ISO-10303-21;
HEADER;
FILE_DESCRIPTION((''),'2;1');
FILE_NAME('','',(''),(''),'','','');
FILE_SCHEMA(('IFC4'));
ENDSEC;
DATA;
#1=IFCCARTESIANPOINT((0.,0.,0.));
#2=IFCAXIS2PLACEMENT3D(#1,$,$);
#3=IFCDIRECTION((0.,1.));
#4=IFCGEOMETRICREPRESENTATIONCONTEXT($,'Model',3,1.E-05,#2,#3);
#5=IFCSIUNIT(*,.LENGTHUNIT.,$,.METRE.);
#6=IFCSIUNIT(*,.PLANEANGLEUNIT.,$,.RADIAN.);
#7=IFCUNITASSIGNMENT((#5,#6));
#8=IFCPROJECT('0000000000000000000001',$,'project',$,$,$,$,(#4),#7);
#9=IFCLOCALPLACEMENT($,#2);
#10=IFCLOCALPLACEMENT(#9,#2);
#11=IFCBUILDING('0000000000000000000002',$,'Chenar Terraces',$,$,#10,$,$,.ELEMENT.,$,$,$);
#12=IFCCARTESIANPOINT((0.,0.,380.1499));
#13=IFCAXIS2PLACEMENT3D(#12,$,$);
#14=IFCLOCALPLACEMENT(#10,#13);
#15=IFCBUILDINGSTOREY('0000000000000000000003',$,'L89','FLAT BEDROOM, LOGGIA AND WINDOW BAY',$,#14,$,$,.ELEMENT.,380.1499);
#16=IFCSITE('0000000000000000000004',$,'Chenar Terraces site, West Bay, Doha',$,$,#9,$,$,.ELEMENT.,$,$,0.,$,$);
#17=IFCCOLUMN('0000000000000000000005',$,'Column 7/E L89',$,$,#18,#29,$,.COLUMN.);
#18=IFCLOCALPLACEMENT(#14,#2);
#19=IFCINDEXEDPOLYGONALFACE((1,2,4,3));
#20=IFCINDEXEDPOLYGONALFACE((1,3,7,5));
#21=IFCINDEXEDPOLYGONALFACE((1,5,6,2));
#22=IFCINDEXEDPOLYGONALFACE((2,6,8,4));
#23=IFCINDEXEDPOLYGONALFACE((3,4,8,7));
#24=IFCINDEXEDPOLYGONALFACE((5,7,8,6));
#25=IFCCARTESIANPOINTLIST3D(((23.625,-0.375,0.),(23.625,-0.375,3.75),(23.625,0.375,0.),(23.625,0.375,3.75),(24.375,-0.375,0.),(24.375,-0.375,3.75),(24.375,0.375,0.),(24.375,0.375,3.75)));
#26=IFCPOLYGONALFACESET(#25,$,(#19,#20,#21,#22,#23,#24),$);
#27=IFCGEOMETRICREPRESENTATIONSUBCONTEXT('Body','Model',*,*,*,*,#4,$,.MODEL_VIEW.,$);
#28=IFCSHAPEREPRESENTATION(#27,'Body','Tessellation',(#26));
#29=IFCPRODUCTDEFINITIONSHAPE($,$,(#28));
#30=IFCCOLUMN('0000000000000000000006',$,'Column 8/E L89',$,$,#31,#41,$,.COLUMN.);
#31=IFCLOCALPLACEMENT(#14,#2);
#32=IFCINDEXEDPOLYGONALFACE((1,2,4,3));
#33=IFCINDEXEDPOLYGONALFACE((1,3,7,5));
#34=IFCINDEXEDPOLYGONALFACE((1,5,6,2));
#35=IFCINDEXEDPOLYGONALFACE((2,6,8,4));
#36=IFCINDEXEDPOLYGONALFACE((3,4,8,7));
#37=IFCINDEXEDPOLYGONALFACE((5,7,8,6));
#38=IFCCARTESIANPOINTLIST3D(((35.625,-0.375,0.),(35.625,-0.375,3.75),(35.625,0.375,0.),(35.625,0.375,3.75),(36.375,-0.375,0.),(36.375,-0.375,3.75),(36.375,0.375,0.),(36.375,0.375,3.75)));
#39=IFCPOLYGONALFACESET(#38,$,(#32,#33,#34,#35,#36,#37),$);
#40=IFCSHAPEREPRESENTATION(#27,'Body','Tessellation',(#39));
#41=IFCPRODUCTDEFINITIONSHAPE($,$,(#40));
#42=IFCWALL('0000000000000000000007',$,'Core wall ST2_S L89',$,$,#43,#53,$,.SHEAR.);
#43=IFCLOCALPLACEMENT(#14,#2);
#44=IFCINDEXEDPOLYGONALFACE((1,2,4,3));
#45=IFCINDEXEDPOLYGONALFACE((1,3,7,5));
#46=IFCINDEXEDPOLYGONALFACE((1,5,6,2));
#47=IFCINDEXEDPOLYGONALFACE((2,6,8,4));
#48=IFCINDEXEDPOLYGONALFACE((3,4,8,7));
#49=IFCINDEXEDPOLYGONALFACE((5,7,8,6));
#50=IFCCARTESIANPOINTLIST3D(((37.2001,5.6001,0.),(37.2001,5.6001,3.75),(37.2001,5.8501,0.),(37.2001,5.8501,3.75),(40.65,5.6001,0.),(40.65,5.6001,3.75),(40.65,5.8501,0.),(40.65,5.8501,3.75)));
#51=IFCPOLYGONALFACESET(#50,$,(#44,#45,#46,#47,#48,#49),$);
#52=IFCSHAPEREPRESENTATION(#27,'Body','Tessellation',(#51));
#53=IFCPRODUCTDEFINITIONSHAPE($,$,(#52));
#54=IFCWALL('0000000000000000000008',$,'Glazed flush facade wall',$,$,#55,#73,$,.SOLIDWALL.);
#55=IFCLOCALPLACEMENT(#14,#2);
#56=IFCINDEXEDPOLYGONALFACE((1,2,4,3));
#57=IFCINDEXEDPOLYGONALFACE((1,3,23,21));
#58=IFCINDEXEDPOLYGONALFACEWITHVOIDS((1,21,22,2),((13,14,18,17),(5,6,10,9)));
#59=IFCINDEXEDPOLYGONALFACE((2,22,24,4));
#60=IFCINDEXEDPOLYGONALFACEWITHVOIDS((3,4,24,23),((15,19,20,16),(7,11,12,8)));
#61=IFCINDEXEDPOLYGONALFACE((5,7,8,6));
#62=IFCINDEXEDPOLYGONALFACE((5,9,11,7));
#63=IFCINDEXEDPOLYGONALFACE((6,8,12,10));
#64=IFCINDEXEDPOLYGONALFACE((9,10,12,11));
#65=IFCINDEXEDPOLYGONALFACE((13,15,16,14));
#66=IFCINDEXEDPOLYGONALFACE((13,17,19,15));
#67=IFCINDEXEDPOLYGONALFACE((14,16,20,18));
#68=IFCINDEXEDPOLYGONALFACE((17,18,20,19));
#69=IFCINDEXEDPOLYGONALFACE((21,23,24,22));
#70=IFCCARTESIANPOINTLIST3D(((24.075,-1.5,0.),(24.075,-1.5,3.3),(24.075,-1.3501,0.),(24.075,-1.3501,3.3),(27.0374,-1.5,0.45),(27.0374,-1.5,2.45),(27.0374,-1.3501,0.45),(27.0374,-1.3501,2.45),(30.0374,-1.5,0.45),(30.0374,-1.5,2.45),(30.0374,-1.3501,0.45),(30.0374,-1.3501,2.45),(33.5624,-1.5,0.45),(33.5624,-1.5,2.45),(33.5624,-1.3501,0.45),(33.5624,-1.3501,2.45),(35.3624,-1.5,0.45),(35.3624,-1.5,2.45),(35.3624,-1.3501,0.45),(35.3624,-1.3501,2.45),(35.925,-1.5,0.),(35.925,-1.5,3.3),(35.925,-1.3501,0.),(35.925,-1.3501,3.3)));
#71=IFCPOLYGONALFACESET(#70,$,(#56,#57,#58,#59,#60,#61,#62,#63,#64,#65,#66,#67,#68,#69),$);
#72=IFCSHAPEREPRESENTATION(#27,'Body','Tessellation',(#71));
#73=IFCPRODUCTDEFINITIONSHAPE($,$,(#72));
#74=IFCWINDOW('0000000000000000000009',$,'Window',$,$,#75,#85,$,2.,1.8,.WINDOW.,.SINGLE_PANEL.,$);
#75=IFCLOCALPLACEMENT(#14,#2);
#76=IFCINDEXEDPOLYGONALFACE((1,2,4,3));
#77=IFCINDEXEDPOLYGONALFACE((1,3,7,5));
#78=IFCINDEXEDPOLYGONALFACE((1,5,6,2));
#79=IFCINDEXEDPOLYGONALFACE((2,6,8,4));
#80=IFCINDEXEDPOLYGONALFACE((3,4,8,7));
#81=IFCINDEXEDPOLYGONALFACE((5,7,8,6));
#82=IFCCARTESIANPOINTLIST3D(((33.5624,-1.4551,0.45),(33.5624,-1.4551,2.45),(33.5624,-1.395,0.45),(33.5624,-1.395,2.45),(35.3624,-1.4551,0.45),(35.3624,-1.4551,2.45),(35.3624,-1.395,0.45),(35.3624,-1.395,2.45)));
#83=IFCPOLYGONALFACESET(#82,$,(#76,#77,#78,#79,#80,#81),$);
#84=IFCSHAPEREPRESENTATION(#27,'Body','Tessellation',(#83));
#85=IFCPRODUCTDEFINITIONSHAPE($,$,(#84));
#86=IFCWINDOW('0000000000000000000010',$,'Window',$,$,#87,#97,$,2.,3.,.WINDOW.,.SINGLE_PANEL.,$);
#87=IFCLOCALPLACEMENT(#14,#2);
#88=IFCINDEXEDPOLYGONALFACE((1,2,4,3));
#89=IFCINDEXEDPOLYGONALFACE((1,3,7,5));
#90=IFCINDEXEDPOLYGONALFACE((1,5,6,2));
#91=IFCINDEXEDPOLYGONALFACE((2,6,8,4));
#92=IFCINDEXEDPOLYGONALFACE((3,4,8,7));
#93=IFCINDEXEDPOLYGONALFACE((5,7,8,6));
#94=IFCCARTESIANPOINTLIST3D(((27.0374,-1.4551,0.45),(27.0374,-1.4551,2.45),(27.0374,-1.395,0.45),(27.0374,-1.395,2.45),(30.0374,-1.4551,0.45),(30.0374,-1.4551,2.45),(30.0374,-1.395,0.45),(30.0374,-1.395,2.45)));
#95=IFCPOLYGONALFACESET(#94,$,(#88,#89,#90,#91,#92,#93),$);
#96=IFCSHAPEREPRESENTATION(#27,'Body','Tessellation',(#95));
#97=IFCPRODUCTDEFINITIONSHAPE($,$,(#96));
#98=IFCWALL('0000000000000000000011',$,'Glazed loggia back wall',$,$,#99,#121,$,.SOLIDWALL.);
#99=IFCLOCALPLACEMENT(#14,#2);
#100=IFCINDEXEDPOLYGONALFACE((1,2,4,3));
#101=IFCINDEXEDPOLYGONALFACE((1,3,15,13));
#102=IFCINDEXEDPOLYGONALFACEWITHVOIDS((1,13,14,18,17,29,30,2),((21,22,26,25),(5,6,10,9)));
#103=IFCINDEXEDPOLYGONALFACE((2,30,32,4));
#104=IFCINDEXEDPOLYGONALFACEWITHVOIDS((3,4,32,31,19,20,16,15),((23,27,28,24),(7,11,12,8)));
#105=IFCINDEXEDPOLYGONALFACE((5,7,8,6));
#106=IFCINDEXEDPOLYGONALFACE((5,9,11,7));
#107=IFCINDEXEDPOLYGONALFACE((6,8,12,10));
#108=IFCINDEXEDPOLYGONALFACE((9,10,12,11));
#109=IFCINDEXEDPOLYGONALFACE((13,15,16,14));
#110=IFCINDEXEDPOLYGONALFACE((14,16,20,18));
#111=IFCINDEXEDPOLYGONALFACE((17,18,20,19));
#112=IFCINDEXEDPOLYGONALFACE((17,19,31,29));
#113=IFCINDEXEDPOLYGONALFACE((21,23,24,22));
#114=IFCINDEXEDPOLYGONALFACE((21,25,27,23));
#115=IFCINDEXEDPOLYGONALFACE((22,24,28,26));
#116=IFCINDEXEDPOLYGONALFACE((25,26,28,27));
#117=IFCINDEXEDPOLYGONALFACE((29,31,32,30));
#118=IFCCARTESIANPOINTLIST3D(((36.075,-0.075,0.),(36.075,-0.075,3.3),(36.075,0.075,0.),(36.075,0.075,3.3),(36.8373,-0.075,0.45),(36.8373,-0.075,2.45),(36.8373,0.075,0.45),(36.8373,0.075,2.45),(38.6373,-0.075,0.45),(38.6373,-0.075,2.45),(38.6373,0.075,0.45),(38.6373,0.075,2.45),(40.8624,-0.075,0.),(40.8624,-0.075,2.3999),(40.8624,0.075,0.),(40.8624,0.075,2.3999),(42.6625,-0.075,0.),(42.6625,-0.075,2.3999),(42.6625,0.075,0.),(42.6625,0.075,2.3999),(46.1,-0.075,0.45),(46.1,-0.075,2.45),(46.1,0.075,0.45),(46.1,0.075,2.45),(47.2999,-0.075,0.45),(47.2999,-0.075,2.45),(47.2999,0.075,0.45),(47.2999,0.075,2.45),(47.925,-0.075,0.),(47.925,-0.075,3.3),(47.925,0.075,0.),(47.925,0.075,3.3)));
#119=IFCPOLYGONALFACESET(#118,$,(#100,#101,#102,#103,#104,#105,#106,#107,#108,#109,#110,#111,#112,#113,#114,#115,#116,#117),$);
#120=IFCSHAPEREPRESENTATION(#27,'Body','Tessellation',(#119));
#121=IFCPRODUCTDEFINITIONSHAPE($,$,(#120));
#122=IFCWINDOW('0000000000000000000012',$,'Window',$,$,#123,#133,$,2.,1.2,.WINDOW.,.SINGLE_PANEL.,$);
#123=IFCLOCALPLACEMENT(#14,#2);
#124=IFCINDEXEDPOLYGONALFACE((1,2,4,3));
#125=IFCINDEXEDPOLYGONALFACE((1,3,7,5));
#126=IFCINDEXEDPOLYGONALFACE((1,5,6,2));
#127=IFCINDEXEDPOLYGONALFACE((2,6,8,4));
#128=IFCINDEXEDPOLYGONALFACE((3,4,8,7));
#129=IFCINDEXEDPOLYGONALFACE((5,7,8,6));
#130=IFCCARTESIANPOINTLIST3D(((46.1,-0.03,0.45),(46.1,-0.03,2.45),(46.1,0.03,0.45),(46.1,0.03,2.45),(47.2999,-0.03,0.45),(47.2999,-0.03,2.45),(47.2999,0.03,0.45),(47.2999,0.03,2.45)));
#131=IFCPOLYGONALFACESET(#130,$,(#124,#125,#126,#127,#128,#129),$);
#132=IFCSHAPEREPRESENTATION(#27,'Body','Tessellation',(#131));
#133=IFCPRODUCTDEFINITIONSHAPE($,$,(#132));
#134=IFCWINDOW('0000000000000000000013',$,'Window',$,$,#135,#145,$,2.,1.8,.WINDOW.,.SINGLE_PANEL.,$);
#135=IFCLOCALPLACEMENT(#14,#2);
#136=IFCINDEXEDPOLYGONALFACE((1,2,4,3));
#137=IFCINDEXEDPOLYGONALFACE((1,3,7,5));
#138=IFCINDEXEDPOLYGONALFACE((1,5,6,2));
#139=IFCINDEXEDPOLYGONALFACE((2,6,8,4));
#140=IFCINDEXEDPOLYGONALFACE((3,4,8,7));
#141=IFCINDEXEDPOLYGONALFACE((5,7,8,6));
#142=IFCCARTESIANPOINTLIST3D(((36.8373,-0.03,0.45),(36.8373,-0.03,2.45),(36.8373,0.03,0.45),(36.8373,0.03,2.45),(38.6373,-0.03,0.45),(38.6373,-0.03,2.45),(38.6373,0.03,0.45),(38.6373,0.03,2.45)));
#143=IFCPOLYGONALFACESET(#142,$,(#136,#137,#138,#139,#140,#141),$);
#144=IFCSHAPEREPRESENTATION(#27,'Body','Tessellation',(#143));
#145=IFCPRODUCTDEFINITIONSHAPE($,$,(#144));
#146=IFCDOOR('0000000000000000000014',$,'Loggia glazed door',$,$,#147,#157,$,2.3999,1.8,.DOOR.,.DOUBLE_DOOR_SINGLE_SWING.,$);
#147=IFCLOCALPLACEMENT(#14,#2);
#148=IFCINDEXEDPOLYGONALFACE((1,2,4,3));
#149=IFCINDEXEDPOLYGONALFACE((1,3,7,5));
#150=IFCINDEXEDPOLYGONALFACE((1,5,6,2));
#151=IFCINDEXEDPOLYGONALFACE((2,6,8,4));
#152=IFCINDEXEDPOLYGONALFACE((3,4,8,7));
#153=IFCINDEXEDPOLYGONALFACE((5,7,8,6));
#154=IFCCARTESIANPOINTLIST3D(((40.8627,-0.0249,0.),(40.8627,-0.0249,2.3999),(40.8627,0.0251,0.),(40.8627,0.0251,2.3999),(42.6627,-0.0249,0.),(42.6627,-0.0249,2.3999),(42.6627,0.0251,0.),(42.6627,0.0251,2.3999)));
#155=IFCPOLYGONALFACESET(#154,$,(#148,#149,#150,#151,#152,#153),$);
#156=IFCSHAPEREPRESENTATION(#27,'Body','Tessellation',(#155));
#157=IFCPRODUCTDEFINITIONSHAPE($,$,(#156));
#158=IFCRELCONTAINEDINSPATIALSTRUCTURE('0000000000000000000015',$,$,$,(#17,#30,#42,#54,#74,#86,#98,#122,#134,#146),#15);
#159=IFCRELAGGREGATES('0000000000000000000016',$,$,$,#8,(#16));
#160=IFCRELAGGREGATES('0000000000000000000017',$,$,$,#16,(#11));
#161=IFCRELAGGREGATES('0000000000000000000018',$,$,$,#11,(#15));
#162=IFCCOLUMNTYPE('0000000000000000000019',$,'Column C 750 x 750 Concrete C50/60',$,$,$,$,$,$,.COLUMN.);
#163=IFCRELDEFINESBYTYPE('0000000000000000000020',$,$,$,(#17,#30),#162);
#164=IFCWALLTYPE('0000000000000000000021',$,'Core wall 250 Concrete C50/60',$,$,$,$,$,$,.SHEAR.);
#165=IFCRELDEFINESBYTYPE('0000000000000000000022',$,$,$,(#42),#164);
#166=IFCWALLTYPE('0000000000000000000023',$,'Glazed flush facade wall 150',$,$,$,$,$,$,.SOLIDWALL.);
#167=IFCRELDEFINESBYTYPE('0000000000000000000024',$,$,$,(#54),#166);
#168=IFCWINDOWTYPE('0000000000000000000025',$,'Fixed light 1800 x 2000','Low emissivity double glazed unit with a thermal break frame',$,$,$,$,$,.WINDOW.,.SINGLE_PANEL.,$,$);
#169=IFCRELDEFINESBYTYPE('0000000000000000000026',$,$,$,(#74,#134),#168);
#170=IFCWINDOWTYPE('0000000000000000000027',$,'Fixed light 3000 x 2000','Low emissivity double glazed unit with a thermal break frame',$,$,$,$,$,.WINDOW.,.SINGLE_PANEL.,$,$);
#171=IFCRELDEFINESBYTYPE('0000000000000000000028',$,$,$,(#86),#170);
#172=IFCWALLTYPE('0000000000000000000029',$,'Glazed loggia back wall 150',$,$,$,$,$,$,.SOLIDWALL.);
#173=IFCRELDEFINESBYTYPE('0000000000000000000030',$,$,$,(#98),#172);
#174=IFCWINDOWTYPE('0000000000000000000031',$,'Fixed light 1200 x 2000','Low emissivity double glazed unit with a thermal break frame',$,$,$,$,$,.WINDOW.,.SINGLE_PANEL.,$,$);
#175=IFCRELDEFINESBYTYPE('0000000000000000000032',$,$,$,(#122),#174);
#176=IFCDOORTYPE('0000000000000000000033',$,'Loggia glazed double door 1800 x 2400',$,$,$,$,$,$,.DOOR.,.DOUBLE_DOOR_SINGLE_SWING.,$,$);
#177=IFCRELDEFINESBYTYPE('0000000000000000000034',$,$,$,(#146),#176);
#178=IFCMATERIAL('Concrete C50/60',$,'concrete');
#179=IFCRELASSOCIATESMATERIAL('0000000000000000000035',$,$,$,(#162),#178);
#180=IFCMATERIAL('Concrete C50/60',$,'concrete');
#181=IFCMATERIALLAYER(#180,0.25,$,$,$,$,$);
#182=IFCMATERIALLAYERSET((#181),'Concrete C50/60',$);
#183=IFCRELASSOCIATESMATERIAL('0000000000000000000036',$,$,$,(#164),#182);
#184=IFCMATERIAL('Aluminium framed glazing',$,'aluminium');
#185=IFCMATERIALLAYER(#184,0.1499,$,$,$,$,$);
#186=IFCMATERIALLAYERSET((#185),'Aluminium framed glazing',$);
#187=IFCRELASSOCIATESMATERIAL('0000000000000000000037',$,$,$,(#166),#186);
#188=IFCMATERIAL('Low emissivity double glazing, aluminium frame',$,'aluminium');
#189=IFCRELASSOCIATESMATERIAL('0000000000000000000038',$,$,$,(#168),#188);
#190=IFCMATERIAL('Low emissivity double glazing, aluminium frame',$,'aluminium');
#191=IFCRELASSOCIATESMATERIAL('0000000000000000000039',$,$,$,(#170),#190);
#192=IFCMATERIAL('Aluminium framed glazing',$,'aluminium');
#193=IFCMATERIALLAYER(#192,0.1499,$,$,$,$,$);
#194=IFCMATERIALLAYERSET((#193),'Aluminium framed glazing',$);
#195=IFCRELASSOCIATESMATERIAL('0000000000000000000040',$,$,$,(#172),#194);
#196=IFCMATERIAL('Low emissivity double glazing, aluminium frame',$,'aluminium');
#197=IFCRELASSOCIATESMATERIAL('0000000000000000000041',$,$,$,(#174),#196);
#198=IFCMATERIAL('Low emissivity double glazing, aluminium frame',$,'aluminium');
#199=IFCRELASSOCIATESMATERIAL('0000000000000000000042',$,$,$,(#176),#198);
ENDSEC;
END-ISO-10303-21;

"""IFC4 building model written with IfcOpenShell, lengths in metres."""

from ifc_helpers import new_model, si_unit, direction, frame, frame_2d, origin, origin_2d, place, context, subcontext, project, spatial, rectangle, extrude, material, layer, layer_set, material_profile, profile_set, type_object, element, fill, save


model = new_model("IFC4")

# Units and contexts
model_context = context("Model", 3, precision=1e-05, world=origin(), true_north=direction((0.0, 1.0)))
body_context = subcontext(model_context, "Body", "Model", "MODEL_VIEW")
ifc_project = project(units=[si_unit("LENGTHUNIT", "METRE"), si_unit("PLANEANGLEUNIT", "RADIAN")], contexts=[model_context])

# Site, building, storey
site_placement = place(None, origin())
site = spatial("IfcSite", under=ifc_project, at=site_placement, Name="Chenar Terraces site, West Bay, Doha", CompositionType="ELEMENT", RefElevation=0.0)
building_placement = place(site_placement, origin())
building = spatial("IfcBuilding", under=site, at=building_placement, Name="Chenar Terraces", CompositionType="ELEMENT")
storey_placement = place(building_placement, frame((0.0, 0.0, 380.1499)))
storey = spatial("IfcBuildingStorey", under=building, at=storey_placement, Name="L89", Description="FLAT BEDROOM, LOGGIA AND WINDOW BAY", CompositionType="ELEMENT", Elevation=380.1499)

# Columns
ifc_material_1 = material(Name="Concrete C50/60", Category="concrete")
ifc_material_profile = material_profile(ifc_material_1, rectangle(XDim=0.75, YDim=0.75, at=origin_2d()), Name="C 750 x 750")
ifc_profile_set = profile_set([ifc_material_profile], Name="Concrete C50/60")
column_type = type_object("IfcColumnType", Name="Column C 750 x 750 Concrete C50/60", PredefinedType="COLUMN", material=ifc_profile_set)
for number, where, z_axis, x_axis, name in (
    (1, (24.0, 0.0, 0.0), (0.0, 0.0, 1.0), (1.0, 0.0, 0.0), "Column 7/E L89"),
    (2, (36.0, 0.0, 0.0), (0.0, 0.0, 1.0), (1.0, 0.0, 0.0), "Column 8/E L89"),
):
    element("IfcColumn", number, at=place(storey_placement, frame(where, z_axis=z_axis, x_axis=x_axis)), inside=storey, type_object=column_type, Name=name, PredefinedType="COLUMN", context=body_context, shape_type="SweptSolid", body=[
        extrude(rectangle(XDim=0.75, YDim=0.75, at=origin_2d()), origin(), (0.0, 0.0, 1.0), 3.75),
    ])

# Wall
ifc_material_2 = material(Name="Concrete C50/60", Category="concrete")
ifc_layer_1 = layer(ifc_material_2, 0.25)
ifc_layer_set_1 = layer_set([ifc_layer_1], Name="Concrete C50/60")
wall_type_1 = type_object("IfcWallType", Name="Core wall 250 Concrete C50/60", PredefinedType="SHEAR", material=ifc_layer_set_1)
wall_1_placement = place(storey_placement, frame((37.2, 5.7251, 0.0), z_axis=(0.0, 0.0, 1.0), x_axis=(1.0, 0.0, 0.0)))
element("IfcWall", 3, at=wall_1_placement, inside=storey, type_object=wall_type_1, Name="Core wall ST2_S L89", PredefinedType="SHEAR", context=body_context, shape_type="SweptSolid", body=[
    extrude(rectangle(XDim=3.45, YDim=0.25, at=frame_2d((1.7251, 0.0))), origin(), (0.0, 0.0, 1.0), 3.75),
])

# Wall, openings, windows
ifc_material_3 = material(Name="Aluminium framed glazing", Category="aluminium")
ifc_layer_2 = layer(ifc_material_3, 0.1499)
ifc_layer_set_2 = layer_set([ifc_layer_2], Name="Aluminium framed glazing")
wall_type_2 = type_object("IfcWallType", Name="Glazed flush facade wall 150", PredefinedType="SOLIDWALL", material=ifc_layer_set_2)
wall_2_placement = place(storey_placement, frame((24.075, -1.425, 0.0), z_axis=(0.0, 0.0, 1.0), x_axis=(1.0, 0.0, 0.0)))
wall_2 = element("IfcWall", 4, at=wall_2_placement, inside=storey, type_object=wall_type_2, Name="Glazed flush facade wall", PredefinedType="SOLIDWALL", context=body_context, shape_type="SweptSolid", body=[
    extrude(rectangle(XDim=11.8501, YDim=0.1499, at=frame_2d((5.925, 0.0))), origin(), (0.0, 0.0, 1.0), 3.3),
])
opening_1_placement = place(wall_2_placement, frame((2.9624, 0.0, 0.45)))
opening_1 = element("IfcOpeningElement", 5, at=opening_1_placement, cuts=wall_2, PredefinedType="OPENING", context=body_context, shape_type="SweptSolid", body=[
    extrude(rectangle(XDim=3.0, YDim=2.0, at=frame_2d((1.5, 1.0))), frame((0.0, 0.085, 0.0), z_axis=(0.0, -1.0, 0.0), x_axis=(1.0, 0.0, 0.0)), (0.0, 0.0, 1.0), 0.1699),
])
opening_2_placement = place(wall_2_placement, frame((9.4875, 0.0, 0.45)))
opening_2 = element("IfcOpeningElement", 6, at=opening_2_placement, cuts=wall_2, PredefinedType="OPENING", context=body_context, shape_type="SweptSolid", body=[
    extrude(rectangle(XDim=1.8, YDim=2.0, at=frame_2d((0.8999, 1.0))), frame((0.0, 0.085, 0.0), z_axis=(0.0, -1.0, 0.0), x_axis=(1.0, 0.0, 0.0)), (0.0, 0.0, 1.0), 0.1699),
])
ifc_material_4 = material(Name="Low emissivity double glazing, aluminium frame", Category="aluminium")
window_type_1 = type_object("IfcWindowType", Name="Fixed light 1800 x 2000", Description="Low emissivity double glazed unit with a thermal break frame", PartitioningType="SINGLE_PANEL", PredefinedType="WINDOW", material=ifc_material_4)
window_1_placement = place(opening_2_placement, origin())
window_1 = element("IfcWindow", 7, at=window_1_placement, inside=storey, type_object=window_type_1, Name="Window", OverallHeight=2.0, OverallWidth=1.8, PartitioningType="SINGLE_PANEL", PredefinedType="WINDOW", context=body_context, shape_type="SweptSolid", body=[
    extrude(rectangle(XDim=1.8, YDim=2.0, at=frame_2d((0.8999, 1.0))), frame((0.0, 0.03, 0.0), z_axis=(0.0, -1.0, 0.0), x_axis=(1.0, 0.0, 0.0)), (0.0, 0.0, 1.0), 0.0601),
])
fill(opening_2, window_1)
ifc_material_5 = material(Name="Low emissivity double glazing, aluminium frame", Category="aluminium")
window_type_2 = type_object("IfcWindowType", Name="Fixed light 3000 x 2000", Description="Low emissivity double glazed unit with a thermal break frame", PartitioningType="SINGLE_PANEL", PredefinedType="WINDOW", material=ifc_material_5)
window_2_placement = place(opening_1_placement, origin())
window_2 = element("IfcWindow", 8, at=window_2_placement, inside=storey, type_object=window_type_2, Name="Window", OverallHeight=2.0, OverallWidth=3.0, PartitioningType="SINGLE_PANEL", PredefinedType="WINDOW", context=body_context, shape_type="SweptSolid", body=[
    extrude(rectangle(XDim=3.0, YDim=2.0, at=frame_2d((1.5, 1.0))), frame((0.0, 0.03, 0.0), z_axis=(0.0, -1.0, 0.0), x_axis=(1.0, 0.0, 0.0)), (0.0, 0.0, 1.0), 0.0601),
])
fill(opening_1, window_2)

# Wall, openings, windows, door
ifc_material_6 = material(Name="Aluminium framed glazing", Category="aluminium")
ifc_layer_3 = layer(ifc_material_6, 0.1499)
ifc_layer_set_3 = layer_set([ifc_layer_3], Name="Aluminium framed glazing")
wall_type_3 = type_object("IfcWallType", Name="Glazed loggia back wall 150", PredefinedType="SOLIDWALL", material=ifc_layer_set_3)
wall_3_placement = place(storey_placement, frame((36.075, 0.0, 0.0), z_axis=(0.0, 0.0, 1.0), x_axis=(1.0, 0.0, 0.0)))
wall_3 = element("IfcWall", 9, at=wall_3_placement, inside=storey, type_object=wall_type_3, Name="Glazed loggia back wall", PredefinedType="SOLIDWALL", context=body_context, shape_type="SweptSolid", body=[
    extrude(rectangle(XDim=11.8501, YDim=0.1499, at=frame_2d((5.925, 0.0))), origin(), (0.0, 0.0, 1.0), 3.3),
])
opening_3_placement = place(wall_3_placement, frame((0.7625, 0.0, 0.45)))
opening_3 = element("IfcOpeningElement", 10, at=opening_3_placement, cuts=wall_3, PredefinedType="OPENING", context=body_context, shape_type="SweptSolid", body=[
    extrude(rectangle(XDim=1.8, YDim=2.0, at=frame_2d((0.8999, 1.0))), frame((0.0, 0.085, 0.0), z_axis=(0.0, -1.0, 0.0), x_axis=(1.0, 0.0, 0.0)), (0.0, 0.0, 1.0), 0.1699),
])
opening_4_placement = place(wall_3_placement, frame((4.7876, 0.0, 0.0)))
opening_4 = element("IfcOpeningElement", 11, at=opening_4_placement, cuts=wall_3, PredefinedType="OPENING", context=body_context, shape_type="SweptSolid", body=[
    extrude(rectangle(XDim=1.8, YDim=2.3999, at=frame_2d((0.8999, 1.2))), frame((0.0, 0.085, 0.0), z_axis=(0.0, -1.0, 0.0), x_axis=(1.0, 0.0, 0.0)), (0.0, 0.0, 1.0), 0.1699),
])
opening_5_placement = place(wall_3_placement, frame((10.0249, 0.0, 0.45)))
opening_5 = element("IfcOpeningElement", 12, at=opening_5_placement, cuts=wall_3, PredefinedType="OPENING", context=body_context, shape_type="SweptSolid", body=[
    extrude(rectangle(XDim=1.2, YDim=2.0, at=frame_2d((0.6001, 1.0))), frame((0.0, 0.085, 0.0), z_axis=(0.0, -1.0, 0.0), x_axis=(1.0, 0.0, 0.0)), (0.0, 0.0, 1.0), 0.1699),
])
ifc_material_7 = material(Name="Low emissivity double glazing, aluminium frame", Category="aluminium")
window_type_3 = type_object("IfcWindowType", Name="Fixed light 1200 x 2000", Description="Low emissivity double glazed unit with a thermal break frame", PartitioningType="SINGLE_PANEL", PredefinedType="WINDOW", material=ifc_material_7)
window_3_placement = place(opening_5_placement, origin())
window_3 = element("IfcWindow", 13, at=window_3_placement, inside=storey, type_object=window_type_3, Name="Window", OverallHeight=2.0, OverallWidth=1.2, PartitioningType="SINGLE_PANEL", PredefinedType="WINDOW", context=body_context, shape_type="SweptSolid", body=[
    extrude(rectangle(XDim=1.2, YDim=2.0, at=frame_2d((0.6001, 1.0))), frame((0.0, 0.03, 0.0), z_axis=(0.0, -1.0, 0.0), x_axis=(1.0, 0.0, 0.0)), (0.0, 0.0, 1.0), 0.0601),
])
fill(opening_5, window_3)
window_4_placement = place(opening_3_placement, origin())
window_4 = element("IfcWindow", 14, at=window_4_placement, inside=storey, type_object=window_type_1, Name="Window", OverallHeight=2.0, OverallWidth=1.8, PartitioningType="SINGLE_PANEL", PredefinedType="WINDOW", context=body_context, shape_type="SweptSolid", body=[
    extrude(rectangle(XDim=1.8, YDim=2.0, at=frame_2d((0.8999, 1.0))), frame((0.0, 0.03, 0.0), z_axis=(0.0, -1.0, 0.0), x_axis=(1.0, 0.0, 0.0)), (0.0, 0.0, 1.0), 0.0601),
])
fill(opening_3, window_4)
ifc_material_8 = material(Name="Low emissivity double glazing, aluminium frame", Category="aluminium")
door_type_1 = type_object("IfcDoorType", Name="Loggia glazed double door 1800 x 2400", OperationType="DOUBLE_DOOR_SINGLE_SWING", PredefinedType="DOOR", material=ifc_material_8)
door_1_placement = place(opening_4_placement, frame((1.8, 0.0, 0.0), z_axis=(0.0, 0.0, 1.0), x_axis=(-1.0, 0.0, 0.0)))
door_1 = element("IfcDoor", 15, at=door_1_placement, inside=storey, type_object=door_type_1, Name="Loggia glazed door", OperationType="DOUBLE_DOOR_SINGLE_SWING", OverallHeight=2.3999, OverallWidth=1.8, PredefinedType="DOOR", context=body_context, shape_type="SweptSolid", body=[
    extrude(rectangle(XDim=1.8, YDim=2.3999, at=frame_2d((0.8999, 1.2))), frame((0.0, 0.0249, 0.0), z_axis=(0.0, -1.0, 0.0), x_axis=(1.0, 0.0, 0.0)), (0.0, 0.0, 1.0), 0.05),
])
fill(opening_4, door_1)

save(model, "model.ifc")
